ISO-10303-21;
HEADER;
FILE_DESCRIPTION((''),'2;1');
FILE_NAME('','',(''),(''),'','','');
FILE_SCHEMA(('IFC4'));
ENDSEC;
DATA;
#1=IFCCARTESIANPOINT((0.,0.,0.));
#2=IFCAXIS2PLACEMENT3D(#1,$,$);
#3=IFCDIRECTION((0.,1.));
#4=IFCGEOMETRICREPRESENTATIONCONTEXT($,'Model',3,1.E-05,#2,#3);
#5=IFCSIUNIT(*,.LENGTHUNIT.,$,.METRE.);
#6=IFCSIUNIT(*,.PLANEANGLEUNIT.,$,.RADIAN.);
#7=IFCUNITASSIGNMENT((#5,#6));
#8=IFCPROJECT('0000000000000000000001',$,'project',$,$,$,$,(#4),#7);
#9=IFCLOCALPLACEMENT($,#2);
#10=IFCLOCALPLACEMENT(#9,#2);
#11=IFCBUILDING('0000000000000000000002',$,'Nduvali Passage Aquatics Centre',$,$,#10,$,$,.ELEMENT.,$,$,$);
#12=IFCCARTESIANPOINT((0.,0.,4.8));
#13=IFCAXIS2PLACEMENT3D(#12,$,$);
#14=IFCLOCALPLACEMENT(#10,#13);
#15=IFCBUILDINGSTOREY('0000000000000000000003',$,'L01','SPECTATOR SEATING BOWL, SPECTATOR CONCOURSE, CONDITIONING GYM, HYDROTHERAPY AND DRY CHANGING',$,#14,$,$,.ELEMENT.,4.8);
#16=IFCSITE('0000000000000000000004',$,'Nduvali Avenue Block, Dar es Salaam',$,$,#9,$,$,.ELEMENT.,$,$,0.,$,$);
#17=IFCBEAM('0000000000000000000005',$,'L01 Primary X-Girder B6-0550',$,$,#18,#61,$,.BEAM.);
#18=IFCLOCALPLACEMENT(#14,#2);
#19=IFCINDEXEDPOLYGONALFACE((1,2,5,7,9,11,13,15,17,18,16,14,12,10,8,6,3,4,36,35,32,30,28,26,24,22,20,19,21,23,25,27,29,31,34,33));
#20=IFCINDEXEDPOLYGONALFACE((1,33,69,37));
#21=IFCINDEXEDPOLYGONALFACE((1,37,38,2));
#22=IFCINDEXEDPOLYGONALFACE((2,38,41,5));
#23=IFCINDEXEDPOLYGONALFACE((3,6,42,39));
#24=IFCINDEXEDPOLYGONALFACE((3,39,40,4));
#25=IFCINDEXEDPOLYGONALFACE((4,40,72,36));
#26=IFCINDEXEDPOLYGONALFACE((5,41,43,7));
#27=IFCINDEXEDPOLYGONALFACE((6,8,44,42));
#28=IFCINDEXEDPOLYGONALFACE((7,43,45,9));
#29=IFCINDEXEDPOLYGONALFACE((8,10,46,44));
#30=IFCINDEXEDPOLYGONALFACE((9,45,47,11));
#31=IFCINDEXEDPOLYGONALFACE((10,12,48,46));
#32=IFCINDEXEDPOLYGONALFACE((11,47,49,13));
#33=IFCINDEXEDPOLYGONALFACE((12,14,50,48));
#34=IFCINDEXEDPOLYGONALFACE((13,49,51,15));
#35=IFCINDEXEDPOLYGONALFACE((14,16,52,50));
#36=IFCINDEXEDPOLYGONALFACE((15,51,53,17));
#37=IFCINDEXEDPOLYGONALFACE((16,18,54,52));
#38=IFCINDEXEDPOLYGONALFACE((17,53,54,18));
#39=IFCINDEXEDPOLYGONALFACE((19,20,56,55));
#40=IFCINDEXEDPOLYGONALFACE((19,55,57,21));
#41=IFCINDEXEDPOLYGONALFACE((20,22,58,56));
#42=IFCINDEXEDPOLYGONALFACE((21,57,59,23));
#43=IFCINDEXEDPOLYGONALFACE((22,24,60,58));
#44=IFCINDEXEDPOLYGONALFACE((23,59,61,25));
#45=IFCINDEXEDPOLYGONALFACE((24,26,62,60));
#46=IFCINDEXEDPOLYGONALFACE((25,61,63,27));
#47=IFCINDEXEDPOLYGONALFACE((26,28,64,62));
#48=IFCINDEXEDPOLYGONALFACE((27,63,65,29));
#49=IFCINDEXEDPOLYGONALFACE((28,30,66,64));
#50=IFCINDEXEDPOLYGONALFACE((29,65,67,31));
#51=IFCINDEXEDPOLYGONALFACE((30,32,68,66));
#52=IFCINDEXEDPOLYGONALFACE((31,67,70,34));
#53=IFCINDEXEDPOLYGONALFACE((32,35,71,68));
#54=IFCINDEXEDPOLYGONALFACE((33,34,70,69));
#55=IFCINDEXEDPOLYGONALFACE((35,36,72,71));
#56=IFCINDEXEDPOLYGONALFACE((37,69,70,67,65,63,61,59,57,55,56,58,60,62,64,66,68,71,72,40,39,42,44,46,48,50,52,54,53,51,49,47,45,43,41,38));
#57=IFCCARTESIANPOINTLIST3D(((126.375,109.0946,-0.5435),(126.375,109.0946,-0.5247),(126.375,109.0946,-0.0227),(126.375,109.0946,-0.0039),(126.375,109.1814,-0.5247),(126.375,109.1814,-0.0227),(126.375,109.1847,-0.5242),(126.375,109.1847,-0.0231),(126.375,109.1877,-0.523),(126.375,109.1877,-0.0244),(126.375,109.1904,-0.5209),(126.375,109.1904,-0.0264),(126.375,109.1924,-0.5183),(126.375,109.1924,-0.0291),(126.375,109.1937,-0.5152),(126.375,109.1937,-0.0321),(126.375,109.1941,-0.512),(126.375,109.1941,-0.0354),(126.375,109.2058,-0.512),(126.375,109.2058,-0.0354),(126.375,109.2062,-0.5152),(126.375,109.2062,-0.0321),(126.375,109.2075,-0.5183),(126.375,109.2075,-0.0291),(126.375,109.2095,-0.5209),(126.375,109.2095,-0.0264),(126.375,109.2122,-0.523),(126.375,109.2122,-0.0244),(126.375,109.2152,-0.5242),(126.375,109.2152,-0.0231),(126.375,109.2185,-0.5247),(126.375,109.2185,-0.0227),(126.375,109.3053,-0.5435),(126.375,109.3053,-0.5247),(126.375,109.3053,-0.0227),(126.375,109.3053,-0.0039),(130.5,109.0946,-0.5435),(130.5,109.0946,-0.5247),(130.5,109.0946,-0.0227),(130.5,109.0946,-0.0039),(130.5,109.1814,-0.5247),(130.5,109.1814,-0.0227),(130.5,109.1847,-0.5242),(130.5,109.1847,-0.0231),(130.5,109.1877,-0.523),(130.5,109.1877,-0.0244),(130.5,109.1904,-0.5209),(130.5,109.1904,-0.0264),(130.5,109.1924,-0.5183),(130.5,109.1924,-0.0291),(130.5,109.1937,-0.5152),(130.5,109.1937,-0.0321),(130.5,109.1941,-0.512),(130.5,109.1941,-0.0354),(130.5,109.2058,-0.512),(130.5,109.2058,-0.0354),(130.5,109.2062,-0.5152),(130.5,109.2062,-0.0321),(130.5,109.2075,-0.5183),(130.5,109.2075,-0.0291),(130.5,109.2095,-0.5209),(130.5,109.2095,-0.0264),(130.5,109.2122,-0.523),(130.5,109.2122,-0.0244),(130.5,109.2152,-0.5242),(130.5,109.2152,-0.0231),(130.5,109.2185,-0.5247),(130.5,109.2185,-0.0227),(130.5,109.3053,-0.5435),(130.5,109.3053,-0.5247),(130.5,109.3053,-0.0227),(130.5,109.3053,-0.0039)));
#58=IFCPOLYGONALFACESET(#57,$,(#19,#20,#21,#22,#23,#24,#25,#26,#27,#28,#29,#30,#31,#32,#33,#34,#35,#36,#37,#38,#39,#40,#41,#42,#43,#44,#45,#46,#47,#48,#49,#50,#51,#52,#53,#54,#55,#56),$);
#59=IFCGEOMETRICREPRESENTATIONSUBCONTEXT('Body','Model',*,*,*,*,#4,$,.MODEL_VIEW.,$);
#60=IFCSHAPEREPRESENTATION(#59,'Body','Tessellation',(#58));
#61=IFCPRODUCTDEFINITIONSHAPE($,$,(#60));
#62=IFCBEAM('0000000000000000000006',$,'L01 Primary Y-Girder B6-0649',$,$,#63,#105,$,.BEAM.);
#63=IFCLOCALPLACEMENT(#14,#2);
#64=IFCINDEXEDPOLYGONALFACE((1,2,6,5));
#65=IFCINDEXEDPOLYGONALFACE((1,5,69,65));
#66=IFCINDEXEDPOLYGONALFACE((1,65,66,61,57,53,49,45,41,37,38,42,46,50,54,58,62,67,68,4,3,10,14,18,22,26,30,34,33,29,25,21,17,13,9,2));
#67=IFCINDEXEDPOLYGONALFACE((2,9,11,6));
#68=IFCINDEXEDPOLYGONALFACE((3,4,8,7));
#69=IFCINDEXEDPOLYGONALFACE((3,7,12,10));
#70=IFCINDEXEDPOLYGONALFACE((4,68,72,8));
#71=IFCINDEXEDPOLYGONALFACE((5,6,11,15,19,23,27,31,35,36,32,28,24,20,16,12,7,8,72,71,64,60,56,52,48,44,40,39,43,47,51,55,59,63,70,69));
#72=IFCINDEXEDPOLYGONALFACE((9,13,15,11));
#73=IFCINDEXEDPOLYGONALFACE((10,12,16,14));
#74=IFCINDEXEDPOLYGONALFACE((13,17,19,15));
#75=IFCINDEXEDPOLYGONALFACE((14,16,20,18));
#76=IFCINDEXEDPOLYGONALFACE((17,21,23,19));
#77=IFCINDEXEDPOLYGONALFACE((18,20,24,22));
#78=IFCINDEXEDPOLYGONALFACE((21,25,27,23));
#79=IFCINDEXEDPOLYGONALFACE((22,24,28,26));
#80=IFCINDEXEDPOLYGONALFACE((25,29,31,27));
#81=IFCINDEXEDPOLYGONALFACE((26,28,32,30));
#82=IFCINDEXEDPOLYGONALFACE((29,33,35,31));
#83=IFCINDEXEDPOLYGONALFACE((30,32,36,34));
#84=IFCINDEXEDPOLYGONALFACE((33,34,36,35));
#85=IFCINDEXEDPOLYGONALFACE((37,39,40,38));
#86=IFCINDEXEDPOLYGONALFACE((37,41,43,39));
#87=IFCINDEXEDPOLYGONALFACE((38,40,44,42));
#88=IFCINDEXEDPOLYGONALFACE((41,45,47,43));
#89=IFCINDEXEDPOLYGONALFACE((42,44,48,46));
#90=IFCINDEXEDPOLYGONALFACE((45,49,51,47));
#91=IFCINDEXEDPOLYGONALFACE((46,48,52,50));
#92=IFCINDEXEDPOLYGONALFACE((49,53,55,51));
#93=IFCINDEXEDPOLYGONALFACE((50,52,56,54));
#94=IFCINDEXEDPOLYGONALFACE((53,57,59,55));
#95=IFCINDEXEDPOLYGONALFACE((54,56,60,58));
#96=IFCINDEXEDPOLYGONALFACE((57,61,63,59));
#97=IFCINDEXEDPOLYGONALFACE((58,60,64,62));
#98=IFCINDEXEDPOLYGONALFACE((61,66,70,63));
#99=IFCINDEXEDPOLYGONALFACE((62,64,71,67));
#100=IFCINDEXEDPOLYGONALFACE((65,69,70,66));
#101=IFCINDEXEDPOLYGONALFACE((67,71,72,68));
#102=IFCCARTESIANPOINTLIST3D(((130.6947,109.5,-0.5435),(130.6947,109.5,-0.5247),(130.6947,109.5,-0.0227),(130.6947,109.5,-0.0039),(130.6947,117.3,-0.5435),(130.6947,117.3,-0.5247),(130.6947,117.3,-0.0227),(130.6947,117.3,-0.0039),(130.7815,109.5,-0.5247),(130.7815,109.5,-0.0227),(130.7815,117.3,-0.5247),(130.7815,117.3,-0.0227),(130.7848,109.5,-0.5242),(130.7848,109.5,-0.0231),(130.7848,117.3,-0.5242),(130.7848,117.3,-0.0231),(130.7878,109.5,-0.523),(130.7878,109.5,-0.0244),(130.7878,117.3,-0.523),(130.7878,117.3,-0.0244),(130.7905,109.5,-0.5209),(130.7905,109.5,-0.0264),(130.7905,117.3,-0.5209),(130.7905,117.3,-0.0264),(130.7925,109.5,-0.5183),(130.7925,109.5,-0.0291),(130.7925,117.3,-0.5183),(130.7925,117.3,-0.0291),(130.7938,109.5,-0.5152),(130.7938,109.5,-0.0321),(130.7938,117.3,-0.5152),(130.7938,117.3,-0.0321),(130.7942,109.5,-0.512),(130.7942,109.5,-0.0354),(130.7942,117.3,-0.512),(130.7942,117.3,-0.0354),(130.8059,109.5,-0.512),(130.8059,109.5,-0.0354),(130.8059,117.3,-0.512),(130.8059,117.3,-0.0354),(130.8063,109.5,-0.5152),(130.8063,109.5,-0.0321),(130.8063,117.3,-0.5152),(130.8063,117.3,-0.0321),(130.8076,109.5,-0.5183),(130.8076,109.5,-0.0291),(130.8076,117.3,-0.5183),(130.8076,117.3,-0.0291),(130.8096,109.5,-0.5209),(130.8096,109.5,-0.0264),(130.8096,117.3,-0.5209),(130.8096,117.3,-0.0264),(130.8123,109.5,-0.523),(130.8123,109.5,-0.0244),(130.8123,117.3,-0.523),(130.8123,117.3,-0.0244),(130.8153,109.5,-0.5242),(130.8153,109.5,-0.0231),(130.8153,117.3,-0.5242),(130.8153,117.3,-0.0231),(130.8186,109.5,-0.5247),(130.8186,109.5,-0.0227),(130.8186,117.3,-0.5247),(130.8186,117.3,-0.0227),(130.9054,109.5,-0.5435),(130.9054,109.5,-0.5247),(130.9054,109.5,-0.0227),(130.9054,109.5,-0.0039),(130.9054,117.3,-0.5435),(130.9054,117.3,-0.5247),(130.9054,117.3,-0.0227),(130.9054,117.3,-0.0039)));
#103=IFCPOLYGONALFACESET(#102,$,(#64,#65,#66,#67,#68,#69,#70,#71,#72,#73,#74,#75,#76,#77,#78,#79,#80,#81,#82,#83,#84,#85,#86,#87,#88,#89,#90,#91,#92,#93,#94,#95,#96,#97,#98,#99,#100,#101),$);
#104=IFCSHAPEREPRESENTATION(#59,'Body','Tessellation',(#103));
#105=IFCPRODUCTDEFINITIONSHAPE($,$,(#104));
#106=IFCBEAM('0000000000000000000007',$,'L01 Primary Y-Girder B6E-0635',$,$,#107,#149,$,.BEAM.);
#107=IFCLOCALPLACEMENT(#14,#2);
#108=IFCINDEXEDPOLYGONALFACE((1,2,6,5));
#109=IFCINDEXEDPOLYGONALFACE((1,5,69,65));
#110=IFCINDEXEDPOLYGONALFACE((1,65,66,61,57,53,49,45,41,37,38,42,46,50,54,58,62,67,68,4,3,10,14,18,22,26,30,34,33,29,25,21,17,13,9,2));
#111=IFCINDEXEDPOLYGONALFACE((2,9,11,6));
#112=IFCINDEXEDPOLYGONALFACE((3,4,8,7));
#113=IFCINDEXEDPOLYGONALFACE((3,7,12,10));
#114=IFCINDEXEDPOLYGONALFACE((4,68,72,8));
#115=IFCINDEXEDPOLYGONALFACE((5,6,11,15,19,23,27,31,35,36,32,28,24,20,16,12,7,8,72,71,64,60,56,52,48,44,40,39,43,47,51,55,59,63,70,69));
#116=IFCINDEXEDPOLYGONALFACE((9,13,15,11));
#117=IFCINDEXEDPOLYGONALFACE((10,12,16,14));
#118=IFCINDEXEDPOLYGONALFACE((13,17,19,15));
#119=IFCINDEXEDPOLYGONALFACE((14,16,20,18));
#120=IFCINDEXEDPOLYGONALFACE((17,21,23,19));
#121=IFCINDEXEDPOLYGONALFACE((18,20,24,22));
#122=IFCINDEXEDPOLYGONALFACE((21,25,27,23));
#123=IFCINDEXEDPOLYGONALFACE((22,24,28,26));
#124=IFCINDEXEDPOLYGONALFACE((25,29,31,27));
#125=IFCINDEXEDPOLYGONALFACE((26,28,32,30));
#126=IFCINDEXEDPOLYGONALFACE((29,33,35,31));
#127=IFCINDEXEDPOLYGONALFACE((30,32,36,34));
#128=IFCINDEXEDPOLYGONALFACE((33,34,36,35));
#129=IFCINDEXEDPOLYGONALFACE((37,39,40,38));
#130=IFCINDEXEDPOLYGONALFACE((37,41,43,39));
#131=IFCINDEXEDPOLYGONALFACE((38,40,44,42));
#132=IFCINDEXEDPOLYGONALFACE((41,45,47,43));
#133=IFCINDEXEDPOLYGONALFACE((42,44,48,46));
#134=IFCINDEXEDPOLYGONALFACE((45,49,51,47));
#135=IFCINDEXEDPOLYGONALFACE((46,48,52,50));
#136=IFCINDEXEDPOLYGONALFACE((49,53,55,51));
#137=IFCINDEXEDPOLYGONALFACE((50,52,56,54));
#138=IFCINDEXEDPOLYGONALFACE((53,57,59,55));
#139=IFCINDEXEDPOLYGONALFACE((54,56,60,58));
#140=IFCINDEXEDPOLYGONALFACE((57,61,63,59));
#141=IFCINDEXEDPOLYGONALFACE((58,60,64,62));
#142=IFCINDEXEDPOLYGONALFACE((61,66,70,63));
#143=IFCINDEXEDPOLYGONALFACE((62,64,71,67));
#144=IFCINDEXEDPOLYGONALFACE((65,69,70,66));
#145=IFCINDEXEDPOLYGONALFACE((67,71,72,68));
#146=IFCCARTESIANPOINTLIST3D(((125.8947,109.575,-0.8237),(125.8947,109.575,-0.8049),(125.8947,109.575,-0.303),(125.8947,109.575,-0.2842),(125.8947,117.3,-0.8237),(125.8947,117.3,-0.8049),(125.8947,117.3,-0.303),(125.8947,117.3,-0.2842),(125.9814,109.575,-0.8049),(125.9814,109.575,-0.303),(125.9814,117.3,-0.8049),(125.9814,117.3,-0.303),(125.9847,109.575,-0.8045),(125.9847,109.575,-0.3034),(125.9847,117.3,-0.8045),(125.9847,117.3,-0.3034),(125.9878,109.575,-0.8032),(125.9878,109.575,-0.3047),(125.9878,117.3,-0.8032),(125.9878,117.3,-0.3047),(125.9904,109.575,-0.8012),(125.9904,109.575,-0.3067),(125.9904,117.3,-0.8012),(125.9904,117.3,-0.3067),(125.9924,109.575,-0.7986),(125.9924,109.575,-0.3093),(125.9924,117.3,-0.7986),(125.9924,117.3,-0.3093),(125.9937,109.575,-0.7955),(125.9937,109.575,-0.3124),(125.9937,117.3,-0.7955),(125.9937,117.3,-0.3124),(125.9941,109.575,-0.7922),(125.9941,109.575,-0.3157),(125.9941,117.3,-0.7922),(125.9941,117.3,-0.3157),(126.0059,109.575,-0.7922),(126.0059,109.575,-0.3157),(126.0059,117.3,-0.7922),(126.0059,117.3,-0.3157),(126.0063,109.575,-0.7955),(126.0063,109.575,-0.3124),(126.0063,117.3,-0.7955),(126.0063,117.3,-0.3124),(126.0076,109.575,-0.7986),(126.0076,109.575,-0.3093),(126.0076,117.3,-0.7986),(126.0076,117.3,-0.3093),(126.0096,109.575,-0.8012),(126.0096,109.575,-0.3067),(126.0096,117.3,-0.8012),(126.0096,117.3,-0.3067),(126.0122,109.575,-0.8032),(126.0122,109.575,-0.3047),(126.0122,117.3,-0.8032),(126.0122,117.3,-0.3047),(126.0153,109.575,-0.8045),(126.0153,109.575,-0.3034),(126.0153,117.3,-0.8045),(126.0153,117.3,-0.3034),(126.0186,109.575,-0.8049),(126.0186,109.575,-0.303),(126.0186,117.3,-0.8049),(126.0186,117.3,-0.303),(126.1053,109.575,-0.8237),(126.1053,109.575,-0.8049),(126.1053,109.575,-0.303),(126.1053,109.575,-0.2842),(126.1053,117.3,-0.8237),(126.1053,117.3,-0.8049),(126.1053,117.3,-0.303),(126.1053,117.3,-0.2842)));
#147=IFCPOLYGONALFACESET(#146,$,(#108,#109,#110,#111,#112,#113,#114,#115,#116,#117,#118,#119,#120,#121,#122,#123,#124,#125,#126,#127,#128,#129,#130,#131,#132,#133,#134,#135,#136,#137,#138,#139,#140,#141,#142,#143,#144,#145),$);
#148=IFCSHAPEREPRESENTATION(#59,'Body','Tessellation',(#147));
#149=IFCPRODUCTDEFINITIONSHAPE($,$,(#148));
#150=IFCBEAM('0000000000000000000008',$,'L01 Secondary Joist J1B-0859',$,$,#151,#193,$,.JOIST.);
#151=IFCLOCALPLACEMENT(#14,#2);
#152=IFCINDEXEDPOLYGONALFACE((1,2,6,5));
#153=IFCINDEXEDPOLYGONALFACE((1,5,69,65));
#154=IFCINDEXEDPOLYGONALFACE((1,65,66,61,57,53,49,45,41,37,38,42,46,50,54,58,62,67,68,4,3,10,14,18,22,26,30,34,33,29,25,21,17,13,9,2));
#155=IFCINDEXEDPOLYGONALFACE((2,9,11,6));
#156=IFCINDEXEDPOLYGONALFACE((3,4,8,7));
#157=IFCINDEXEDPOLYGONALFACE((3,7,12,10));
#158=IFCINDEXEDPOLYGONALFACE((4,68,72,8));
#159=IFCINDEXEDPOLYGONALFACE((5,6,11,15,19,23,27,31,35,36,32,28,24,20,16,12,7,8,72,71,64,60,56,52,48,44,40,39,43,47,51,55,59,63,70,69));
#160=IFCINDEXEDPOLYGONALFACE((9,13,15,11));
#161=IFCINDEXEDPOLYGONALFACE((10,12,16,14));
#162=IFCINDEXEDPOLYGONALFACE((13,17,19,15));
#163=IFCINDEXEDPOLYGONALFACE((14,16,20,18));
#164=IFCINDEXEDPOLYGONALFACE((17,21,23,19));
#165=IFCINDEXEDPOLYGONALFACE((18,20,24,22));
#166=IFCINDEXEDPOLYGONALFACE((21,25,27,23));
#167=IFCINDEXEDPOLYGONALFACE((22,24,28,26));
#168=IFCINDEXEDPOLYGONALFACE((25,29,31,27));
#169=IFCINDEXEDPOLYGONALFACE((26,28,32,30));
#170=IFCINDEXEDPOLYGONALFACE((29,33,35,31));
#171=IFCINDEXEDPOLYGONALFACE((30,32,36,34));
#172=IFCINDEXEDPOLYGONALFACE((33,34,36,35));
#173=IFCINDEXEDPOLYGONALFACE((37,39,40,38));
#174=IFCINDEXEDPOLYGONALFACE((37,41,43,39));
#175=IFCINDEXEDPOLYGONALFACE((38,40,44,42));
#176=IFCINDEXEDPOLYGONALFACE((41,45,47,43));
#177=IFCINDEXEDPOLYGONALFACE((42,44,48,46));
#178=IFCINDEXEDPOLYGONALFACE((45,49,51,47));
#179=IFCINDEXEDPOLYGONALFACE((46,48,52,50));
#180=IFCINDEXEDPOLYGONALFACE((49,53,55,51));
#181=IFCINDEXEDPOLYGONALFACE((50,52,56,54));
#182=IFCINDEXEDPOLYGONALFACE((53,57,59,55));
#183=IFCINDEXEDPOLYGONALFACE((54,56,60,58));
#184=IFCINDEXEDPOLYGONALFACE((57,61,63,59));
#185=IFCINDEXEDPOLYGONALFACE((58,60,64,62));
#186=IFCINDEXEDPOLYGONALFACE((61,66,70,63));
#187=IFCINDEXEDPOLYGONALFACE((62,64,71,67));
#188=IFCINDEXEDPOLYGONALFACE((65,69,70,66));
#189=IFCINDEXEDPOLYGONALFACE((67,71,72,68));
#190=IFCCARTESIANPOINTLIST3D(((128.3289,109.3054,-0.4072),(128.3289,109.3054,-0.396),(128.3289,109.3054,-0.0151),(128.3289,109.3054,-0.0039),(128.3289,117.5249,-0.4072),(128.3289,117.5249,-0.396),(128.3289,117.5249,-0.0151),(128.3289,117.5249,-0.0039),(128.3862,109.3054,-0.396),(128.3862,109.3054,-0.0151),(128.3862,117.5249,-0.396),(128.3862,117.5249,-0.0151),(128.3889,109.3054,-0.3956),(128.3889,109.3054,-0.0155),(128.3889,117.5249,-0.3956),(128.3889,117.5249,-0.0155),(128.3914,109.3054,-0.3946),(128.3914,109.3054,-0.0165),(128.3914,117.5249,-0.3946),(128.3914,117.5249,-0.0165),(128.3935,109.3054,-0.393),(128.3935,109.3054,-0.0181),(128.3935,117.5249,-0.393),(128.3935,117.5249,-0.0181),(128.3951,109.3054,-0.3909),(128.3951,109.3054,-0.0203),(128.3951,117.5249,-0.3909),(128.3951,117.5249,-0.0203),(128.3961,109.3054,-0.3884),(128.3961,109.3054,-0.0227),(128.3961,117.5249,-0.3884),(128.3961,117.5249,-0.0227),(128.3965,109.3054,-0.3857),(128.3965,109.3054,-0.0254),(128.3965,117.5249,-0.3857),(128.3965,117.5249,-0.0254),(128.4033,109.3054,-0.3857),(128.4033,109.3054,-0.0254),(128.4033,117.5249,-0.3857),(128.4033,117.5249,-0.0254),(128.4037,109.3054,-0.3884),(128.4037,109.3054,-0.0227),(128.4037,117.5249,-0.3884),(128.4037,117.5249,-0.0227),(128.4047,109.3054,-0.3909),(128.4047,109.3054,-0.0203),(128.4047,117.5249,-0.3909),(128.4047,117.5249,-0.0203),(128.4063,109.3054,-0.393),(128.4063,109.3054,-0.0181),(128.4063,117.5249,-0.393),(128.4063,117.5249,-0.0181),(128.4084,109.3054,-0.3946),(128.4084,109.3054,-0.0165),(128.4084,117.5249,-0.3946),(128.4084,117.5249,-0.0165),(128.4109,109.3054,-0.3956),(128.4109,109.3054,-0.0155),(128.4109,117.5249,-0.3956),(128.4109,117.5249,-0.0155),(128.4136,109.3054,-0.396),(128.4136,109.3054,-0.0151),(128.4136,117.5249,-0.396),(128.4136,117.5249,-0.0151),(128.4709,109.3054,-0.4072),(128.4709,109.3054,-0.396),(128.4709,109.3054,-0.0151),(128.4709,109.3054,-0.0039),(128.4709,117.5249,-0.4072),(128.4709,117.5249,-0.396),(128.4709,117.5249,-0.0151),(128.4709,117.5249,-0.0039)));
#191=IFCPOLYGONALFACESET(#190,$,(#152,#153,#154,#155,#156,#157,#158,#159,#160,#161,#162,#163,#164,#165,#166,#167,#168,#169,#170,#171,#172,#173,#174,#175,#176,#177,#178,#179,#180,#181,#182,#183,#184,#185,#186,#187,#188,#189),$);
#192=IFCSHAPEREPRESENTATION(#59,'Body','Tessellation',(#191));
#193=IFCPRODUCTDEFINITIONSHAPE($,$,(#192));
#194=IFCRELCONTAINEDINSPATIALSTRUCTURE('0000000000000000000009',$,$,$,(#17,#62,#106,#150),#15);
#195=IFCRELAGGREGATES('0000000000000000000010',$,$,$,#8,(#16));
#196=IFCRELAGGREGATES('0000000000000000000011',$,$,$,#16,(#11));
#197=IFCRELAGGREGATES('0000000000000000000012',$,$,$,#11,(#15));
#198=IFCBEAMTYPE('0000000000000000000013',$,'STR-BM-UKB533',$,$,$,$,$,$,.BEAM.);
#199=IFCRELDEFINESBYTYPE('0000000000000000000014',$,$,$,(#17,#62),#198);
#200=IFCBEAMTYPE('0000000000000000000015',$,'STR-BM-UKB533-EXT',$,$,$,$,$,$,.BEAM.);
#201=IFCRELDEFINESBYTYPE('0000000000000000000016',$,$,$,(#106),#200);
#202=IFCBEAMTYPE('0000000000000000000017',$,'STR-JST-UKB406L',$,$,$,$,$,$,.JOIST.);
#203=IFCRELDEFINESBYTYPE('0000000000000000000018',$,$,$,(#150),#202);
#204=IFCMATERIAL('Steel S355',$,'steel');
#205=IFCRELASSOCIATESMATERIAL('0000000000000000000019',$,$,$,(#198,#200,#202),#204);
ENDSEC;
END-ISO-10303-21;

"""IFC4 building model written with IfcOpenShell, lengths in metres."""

from ifc_helpers import new_model, si_unit, direction, frame, origin, origin_2d, place, context, subcontext, project, spatial, i_section, extrude, material, material_profile, profile_set, type_object, element, save


model = new_model("IFC4")

# Units and contexts
model_context = context("Model", 3, precision=1e-05, world=origin(), true_north=direction((0.0, 1.0)))
body_context = subcontext(model_context, "Body", "Model", "MODEL_VIEW")
ifc_project = project(units=[si_unit("LENGTHUNIT", "METRE"), si_unit("PLANEANGLEUNIT", "RADIAN")], contexts=[model_context])

# Site, building, storey
site_placement = place(None, origin())
site = spatial("IfcSite", under=ifc_project, at=site_placement, Name="Nduvali Avenue Block, Dar es Salaam", CompositionType="ELEMENT", RefElevation=0.0)
building_placement = place(site_placement, origin())
building = spatial("IfcBuilding", under=site, at=building_placement, Name="Nduvali Passage Aquatics Centre", CompositionType="ELEMENT")
storey_placement = place(building_placement, frame((0.0, 0.0, 4.8)))
storey = spatial("IfcBuildingStorey", under=building, at=storey_placement, Name="L01", Description="SPECTATOR SEATING BOWL, SPECTATOR CONCOURSE, CONDITIONING GYM, HYDROTHERAPY AND DRY CHANGING", CompositionType="ELEMENT", Elevation=4.8)

# Shared definitions
ifc_material_1 = material(Name="Steel S355", Category="steel")

# Beams
ifc_material_profile_1 = material_profile(ifc_material_1, i_section(OverallWidth=0.2107, OverallDepth=0.5396, WebThickness=0.0117, FlangeThickness=0.0188, FilletRadius=0.0127, at=origin_2d()), Name="UKB 533x210x109")
ifc_profile_set_1 = profile_set([ifc_material_profile_1], Name="Steel S355")
beam_type_1 = type_object("IfcBeamType", Name="STR-BM-UKB533", PredefinedType="BEAM", material=ifc_profile_set_1)
beam_1_placement = place(storey_placement, frame((126.375, 109.2, -0.2737), z_axis=(1.0, 0.0, 0.0), x_axis=(0.0, 1.0, 0.0)))
element("IfcBeam", 1, at=beam_1_placement, inside=storey, type_object=beam_type_1, Name="L01 Primary X-Girder B6-0550", PredefinedType="BEAM", context=body_context, shape_type="SweptSolid", body=[
    extrude(i_section(OverallWidth=0.2107, OverallDepth=0.5396, WebThickness=0.0117, FlangeThickness=0.0188, FilletRadius=0.0127, at=origin_2d()), origin(), (0.0, 0.0, 1.0), 4.125),
])
beam_2_placement = place(storey_placement, frame((130.8, 109.5, -0.2737), z_axis=(0.0, 1.0, 0.0), x_axis=(-1.0, 0.0, 0.0)))
element("IfcBeam", 2, at=beam_2_placement, inside=storey, type_object=beam_type_1, Name="L01 Primary Y-Girder B6-0649", PredefinedType="BEAM", context=body_context, shape_type="SweptSolid", body=[
    extrude(i_section(OverallWidth=0.2107, OverallDepth=0.5396, WebThickness=0.0117, FlangeThickness=0.0188, FilletRadius=0.0127, at=origin_2d()), origin(), (0.0, 0.0, 1.0), 7.8),
])
ifc_material_profile_2 = material_profile(ifc_material_1, i_section(OverallWidth=0.2107, OverallDepth=0.5396, WebThickness=0.0117, FlangeThickness=0.0188, FilletRadius=0.0127, at=origin_2d()), Name="UKB 533x210x109")
ifc_profile_set_2 = profile_set([ifc_material_profile_2], Name="Steel S355")
beam_type_2 = type_object("IfcBeamType", Name="STR-BM-UKB533-EXT", PredefinedType="BEAM", material=ifc_profile_set_2)
beam_3_placement = place(storey_placement, frame((126.0, 109.575, -0.554), z_axis=(0.0, 1.0, 0.0), x_axis=(-1.0, 0.0, 0.0)))
element("IfcBeam", 3, at=beam_3_placement, inside=storey, type_object=beam_type_2, Name="L01 Primary Y-Girder B6E-0635", PredefinedType="BEAM", context=body_context, shape_type="SweptSolid", body=[
    extrude(i_section(OverallWidth=0.2107, OverallDepth=0.5396, WebThickness=0.0117, FlangeThickness=0.0188, FilletRadius=0.0127, at=origin_2d()), origin(), (0.0, 0.0, 1.0), 7.7251),
])
ifc_material_profile_3 = material_profile(ifc_material_1, i_section(OverallWidth=0.1421, OverallDepth=0.4033, WebThickness=0.0068, FlangeThickness=0.0112, FilletRadius=0.0103, at=origin_2d()), Name="UKB 406x140x46")
ifc_profile_set_3 = profile_set([ifc_material_profile_3], Name="Steel S355")
beam_type_3 = type_object("IfcBeamType", Name="STR-JST-UKB406L", PredefinedType="JOIST", material=ifc_profile_set_3)
beam_4_placement = place(storey_placement, frame((128.3999, 109.3054, -0.2056), z_axis=(0.0, 1.0, 0.0), x_axis=(-1.0, 0.0, 0.0)))
element("IfcBeam", 4, at=beam_4_placement, inside=storey, type_object=beam_type_3, Name="L01 Secondary Joist J1B-0859", PredefinedType="JOIST", context=body_context, shape_type="SweptSolid", body=[
    extrude(i_section(OverallWidth=0.1421, OverallDepth=0.4033, WebThickness=0.0068, FlangeThickness=0.0112, FilletRadius=0.0103, at=origin_2d()), origin(), (0.0, 0.0, 1.0), 8.2195),
])

save(model, "model.ifc")
